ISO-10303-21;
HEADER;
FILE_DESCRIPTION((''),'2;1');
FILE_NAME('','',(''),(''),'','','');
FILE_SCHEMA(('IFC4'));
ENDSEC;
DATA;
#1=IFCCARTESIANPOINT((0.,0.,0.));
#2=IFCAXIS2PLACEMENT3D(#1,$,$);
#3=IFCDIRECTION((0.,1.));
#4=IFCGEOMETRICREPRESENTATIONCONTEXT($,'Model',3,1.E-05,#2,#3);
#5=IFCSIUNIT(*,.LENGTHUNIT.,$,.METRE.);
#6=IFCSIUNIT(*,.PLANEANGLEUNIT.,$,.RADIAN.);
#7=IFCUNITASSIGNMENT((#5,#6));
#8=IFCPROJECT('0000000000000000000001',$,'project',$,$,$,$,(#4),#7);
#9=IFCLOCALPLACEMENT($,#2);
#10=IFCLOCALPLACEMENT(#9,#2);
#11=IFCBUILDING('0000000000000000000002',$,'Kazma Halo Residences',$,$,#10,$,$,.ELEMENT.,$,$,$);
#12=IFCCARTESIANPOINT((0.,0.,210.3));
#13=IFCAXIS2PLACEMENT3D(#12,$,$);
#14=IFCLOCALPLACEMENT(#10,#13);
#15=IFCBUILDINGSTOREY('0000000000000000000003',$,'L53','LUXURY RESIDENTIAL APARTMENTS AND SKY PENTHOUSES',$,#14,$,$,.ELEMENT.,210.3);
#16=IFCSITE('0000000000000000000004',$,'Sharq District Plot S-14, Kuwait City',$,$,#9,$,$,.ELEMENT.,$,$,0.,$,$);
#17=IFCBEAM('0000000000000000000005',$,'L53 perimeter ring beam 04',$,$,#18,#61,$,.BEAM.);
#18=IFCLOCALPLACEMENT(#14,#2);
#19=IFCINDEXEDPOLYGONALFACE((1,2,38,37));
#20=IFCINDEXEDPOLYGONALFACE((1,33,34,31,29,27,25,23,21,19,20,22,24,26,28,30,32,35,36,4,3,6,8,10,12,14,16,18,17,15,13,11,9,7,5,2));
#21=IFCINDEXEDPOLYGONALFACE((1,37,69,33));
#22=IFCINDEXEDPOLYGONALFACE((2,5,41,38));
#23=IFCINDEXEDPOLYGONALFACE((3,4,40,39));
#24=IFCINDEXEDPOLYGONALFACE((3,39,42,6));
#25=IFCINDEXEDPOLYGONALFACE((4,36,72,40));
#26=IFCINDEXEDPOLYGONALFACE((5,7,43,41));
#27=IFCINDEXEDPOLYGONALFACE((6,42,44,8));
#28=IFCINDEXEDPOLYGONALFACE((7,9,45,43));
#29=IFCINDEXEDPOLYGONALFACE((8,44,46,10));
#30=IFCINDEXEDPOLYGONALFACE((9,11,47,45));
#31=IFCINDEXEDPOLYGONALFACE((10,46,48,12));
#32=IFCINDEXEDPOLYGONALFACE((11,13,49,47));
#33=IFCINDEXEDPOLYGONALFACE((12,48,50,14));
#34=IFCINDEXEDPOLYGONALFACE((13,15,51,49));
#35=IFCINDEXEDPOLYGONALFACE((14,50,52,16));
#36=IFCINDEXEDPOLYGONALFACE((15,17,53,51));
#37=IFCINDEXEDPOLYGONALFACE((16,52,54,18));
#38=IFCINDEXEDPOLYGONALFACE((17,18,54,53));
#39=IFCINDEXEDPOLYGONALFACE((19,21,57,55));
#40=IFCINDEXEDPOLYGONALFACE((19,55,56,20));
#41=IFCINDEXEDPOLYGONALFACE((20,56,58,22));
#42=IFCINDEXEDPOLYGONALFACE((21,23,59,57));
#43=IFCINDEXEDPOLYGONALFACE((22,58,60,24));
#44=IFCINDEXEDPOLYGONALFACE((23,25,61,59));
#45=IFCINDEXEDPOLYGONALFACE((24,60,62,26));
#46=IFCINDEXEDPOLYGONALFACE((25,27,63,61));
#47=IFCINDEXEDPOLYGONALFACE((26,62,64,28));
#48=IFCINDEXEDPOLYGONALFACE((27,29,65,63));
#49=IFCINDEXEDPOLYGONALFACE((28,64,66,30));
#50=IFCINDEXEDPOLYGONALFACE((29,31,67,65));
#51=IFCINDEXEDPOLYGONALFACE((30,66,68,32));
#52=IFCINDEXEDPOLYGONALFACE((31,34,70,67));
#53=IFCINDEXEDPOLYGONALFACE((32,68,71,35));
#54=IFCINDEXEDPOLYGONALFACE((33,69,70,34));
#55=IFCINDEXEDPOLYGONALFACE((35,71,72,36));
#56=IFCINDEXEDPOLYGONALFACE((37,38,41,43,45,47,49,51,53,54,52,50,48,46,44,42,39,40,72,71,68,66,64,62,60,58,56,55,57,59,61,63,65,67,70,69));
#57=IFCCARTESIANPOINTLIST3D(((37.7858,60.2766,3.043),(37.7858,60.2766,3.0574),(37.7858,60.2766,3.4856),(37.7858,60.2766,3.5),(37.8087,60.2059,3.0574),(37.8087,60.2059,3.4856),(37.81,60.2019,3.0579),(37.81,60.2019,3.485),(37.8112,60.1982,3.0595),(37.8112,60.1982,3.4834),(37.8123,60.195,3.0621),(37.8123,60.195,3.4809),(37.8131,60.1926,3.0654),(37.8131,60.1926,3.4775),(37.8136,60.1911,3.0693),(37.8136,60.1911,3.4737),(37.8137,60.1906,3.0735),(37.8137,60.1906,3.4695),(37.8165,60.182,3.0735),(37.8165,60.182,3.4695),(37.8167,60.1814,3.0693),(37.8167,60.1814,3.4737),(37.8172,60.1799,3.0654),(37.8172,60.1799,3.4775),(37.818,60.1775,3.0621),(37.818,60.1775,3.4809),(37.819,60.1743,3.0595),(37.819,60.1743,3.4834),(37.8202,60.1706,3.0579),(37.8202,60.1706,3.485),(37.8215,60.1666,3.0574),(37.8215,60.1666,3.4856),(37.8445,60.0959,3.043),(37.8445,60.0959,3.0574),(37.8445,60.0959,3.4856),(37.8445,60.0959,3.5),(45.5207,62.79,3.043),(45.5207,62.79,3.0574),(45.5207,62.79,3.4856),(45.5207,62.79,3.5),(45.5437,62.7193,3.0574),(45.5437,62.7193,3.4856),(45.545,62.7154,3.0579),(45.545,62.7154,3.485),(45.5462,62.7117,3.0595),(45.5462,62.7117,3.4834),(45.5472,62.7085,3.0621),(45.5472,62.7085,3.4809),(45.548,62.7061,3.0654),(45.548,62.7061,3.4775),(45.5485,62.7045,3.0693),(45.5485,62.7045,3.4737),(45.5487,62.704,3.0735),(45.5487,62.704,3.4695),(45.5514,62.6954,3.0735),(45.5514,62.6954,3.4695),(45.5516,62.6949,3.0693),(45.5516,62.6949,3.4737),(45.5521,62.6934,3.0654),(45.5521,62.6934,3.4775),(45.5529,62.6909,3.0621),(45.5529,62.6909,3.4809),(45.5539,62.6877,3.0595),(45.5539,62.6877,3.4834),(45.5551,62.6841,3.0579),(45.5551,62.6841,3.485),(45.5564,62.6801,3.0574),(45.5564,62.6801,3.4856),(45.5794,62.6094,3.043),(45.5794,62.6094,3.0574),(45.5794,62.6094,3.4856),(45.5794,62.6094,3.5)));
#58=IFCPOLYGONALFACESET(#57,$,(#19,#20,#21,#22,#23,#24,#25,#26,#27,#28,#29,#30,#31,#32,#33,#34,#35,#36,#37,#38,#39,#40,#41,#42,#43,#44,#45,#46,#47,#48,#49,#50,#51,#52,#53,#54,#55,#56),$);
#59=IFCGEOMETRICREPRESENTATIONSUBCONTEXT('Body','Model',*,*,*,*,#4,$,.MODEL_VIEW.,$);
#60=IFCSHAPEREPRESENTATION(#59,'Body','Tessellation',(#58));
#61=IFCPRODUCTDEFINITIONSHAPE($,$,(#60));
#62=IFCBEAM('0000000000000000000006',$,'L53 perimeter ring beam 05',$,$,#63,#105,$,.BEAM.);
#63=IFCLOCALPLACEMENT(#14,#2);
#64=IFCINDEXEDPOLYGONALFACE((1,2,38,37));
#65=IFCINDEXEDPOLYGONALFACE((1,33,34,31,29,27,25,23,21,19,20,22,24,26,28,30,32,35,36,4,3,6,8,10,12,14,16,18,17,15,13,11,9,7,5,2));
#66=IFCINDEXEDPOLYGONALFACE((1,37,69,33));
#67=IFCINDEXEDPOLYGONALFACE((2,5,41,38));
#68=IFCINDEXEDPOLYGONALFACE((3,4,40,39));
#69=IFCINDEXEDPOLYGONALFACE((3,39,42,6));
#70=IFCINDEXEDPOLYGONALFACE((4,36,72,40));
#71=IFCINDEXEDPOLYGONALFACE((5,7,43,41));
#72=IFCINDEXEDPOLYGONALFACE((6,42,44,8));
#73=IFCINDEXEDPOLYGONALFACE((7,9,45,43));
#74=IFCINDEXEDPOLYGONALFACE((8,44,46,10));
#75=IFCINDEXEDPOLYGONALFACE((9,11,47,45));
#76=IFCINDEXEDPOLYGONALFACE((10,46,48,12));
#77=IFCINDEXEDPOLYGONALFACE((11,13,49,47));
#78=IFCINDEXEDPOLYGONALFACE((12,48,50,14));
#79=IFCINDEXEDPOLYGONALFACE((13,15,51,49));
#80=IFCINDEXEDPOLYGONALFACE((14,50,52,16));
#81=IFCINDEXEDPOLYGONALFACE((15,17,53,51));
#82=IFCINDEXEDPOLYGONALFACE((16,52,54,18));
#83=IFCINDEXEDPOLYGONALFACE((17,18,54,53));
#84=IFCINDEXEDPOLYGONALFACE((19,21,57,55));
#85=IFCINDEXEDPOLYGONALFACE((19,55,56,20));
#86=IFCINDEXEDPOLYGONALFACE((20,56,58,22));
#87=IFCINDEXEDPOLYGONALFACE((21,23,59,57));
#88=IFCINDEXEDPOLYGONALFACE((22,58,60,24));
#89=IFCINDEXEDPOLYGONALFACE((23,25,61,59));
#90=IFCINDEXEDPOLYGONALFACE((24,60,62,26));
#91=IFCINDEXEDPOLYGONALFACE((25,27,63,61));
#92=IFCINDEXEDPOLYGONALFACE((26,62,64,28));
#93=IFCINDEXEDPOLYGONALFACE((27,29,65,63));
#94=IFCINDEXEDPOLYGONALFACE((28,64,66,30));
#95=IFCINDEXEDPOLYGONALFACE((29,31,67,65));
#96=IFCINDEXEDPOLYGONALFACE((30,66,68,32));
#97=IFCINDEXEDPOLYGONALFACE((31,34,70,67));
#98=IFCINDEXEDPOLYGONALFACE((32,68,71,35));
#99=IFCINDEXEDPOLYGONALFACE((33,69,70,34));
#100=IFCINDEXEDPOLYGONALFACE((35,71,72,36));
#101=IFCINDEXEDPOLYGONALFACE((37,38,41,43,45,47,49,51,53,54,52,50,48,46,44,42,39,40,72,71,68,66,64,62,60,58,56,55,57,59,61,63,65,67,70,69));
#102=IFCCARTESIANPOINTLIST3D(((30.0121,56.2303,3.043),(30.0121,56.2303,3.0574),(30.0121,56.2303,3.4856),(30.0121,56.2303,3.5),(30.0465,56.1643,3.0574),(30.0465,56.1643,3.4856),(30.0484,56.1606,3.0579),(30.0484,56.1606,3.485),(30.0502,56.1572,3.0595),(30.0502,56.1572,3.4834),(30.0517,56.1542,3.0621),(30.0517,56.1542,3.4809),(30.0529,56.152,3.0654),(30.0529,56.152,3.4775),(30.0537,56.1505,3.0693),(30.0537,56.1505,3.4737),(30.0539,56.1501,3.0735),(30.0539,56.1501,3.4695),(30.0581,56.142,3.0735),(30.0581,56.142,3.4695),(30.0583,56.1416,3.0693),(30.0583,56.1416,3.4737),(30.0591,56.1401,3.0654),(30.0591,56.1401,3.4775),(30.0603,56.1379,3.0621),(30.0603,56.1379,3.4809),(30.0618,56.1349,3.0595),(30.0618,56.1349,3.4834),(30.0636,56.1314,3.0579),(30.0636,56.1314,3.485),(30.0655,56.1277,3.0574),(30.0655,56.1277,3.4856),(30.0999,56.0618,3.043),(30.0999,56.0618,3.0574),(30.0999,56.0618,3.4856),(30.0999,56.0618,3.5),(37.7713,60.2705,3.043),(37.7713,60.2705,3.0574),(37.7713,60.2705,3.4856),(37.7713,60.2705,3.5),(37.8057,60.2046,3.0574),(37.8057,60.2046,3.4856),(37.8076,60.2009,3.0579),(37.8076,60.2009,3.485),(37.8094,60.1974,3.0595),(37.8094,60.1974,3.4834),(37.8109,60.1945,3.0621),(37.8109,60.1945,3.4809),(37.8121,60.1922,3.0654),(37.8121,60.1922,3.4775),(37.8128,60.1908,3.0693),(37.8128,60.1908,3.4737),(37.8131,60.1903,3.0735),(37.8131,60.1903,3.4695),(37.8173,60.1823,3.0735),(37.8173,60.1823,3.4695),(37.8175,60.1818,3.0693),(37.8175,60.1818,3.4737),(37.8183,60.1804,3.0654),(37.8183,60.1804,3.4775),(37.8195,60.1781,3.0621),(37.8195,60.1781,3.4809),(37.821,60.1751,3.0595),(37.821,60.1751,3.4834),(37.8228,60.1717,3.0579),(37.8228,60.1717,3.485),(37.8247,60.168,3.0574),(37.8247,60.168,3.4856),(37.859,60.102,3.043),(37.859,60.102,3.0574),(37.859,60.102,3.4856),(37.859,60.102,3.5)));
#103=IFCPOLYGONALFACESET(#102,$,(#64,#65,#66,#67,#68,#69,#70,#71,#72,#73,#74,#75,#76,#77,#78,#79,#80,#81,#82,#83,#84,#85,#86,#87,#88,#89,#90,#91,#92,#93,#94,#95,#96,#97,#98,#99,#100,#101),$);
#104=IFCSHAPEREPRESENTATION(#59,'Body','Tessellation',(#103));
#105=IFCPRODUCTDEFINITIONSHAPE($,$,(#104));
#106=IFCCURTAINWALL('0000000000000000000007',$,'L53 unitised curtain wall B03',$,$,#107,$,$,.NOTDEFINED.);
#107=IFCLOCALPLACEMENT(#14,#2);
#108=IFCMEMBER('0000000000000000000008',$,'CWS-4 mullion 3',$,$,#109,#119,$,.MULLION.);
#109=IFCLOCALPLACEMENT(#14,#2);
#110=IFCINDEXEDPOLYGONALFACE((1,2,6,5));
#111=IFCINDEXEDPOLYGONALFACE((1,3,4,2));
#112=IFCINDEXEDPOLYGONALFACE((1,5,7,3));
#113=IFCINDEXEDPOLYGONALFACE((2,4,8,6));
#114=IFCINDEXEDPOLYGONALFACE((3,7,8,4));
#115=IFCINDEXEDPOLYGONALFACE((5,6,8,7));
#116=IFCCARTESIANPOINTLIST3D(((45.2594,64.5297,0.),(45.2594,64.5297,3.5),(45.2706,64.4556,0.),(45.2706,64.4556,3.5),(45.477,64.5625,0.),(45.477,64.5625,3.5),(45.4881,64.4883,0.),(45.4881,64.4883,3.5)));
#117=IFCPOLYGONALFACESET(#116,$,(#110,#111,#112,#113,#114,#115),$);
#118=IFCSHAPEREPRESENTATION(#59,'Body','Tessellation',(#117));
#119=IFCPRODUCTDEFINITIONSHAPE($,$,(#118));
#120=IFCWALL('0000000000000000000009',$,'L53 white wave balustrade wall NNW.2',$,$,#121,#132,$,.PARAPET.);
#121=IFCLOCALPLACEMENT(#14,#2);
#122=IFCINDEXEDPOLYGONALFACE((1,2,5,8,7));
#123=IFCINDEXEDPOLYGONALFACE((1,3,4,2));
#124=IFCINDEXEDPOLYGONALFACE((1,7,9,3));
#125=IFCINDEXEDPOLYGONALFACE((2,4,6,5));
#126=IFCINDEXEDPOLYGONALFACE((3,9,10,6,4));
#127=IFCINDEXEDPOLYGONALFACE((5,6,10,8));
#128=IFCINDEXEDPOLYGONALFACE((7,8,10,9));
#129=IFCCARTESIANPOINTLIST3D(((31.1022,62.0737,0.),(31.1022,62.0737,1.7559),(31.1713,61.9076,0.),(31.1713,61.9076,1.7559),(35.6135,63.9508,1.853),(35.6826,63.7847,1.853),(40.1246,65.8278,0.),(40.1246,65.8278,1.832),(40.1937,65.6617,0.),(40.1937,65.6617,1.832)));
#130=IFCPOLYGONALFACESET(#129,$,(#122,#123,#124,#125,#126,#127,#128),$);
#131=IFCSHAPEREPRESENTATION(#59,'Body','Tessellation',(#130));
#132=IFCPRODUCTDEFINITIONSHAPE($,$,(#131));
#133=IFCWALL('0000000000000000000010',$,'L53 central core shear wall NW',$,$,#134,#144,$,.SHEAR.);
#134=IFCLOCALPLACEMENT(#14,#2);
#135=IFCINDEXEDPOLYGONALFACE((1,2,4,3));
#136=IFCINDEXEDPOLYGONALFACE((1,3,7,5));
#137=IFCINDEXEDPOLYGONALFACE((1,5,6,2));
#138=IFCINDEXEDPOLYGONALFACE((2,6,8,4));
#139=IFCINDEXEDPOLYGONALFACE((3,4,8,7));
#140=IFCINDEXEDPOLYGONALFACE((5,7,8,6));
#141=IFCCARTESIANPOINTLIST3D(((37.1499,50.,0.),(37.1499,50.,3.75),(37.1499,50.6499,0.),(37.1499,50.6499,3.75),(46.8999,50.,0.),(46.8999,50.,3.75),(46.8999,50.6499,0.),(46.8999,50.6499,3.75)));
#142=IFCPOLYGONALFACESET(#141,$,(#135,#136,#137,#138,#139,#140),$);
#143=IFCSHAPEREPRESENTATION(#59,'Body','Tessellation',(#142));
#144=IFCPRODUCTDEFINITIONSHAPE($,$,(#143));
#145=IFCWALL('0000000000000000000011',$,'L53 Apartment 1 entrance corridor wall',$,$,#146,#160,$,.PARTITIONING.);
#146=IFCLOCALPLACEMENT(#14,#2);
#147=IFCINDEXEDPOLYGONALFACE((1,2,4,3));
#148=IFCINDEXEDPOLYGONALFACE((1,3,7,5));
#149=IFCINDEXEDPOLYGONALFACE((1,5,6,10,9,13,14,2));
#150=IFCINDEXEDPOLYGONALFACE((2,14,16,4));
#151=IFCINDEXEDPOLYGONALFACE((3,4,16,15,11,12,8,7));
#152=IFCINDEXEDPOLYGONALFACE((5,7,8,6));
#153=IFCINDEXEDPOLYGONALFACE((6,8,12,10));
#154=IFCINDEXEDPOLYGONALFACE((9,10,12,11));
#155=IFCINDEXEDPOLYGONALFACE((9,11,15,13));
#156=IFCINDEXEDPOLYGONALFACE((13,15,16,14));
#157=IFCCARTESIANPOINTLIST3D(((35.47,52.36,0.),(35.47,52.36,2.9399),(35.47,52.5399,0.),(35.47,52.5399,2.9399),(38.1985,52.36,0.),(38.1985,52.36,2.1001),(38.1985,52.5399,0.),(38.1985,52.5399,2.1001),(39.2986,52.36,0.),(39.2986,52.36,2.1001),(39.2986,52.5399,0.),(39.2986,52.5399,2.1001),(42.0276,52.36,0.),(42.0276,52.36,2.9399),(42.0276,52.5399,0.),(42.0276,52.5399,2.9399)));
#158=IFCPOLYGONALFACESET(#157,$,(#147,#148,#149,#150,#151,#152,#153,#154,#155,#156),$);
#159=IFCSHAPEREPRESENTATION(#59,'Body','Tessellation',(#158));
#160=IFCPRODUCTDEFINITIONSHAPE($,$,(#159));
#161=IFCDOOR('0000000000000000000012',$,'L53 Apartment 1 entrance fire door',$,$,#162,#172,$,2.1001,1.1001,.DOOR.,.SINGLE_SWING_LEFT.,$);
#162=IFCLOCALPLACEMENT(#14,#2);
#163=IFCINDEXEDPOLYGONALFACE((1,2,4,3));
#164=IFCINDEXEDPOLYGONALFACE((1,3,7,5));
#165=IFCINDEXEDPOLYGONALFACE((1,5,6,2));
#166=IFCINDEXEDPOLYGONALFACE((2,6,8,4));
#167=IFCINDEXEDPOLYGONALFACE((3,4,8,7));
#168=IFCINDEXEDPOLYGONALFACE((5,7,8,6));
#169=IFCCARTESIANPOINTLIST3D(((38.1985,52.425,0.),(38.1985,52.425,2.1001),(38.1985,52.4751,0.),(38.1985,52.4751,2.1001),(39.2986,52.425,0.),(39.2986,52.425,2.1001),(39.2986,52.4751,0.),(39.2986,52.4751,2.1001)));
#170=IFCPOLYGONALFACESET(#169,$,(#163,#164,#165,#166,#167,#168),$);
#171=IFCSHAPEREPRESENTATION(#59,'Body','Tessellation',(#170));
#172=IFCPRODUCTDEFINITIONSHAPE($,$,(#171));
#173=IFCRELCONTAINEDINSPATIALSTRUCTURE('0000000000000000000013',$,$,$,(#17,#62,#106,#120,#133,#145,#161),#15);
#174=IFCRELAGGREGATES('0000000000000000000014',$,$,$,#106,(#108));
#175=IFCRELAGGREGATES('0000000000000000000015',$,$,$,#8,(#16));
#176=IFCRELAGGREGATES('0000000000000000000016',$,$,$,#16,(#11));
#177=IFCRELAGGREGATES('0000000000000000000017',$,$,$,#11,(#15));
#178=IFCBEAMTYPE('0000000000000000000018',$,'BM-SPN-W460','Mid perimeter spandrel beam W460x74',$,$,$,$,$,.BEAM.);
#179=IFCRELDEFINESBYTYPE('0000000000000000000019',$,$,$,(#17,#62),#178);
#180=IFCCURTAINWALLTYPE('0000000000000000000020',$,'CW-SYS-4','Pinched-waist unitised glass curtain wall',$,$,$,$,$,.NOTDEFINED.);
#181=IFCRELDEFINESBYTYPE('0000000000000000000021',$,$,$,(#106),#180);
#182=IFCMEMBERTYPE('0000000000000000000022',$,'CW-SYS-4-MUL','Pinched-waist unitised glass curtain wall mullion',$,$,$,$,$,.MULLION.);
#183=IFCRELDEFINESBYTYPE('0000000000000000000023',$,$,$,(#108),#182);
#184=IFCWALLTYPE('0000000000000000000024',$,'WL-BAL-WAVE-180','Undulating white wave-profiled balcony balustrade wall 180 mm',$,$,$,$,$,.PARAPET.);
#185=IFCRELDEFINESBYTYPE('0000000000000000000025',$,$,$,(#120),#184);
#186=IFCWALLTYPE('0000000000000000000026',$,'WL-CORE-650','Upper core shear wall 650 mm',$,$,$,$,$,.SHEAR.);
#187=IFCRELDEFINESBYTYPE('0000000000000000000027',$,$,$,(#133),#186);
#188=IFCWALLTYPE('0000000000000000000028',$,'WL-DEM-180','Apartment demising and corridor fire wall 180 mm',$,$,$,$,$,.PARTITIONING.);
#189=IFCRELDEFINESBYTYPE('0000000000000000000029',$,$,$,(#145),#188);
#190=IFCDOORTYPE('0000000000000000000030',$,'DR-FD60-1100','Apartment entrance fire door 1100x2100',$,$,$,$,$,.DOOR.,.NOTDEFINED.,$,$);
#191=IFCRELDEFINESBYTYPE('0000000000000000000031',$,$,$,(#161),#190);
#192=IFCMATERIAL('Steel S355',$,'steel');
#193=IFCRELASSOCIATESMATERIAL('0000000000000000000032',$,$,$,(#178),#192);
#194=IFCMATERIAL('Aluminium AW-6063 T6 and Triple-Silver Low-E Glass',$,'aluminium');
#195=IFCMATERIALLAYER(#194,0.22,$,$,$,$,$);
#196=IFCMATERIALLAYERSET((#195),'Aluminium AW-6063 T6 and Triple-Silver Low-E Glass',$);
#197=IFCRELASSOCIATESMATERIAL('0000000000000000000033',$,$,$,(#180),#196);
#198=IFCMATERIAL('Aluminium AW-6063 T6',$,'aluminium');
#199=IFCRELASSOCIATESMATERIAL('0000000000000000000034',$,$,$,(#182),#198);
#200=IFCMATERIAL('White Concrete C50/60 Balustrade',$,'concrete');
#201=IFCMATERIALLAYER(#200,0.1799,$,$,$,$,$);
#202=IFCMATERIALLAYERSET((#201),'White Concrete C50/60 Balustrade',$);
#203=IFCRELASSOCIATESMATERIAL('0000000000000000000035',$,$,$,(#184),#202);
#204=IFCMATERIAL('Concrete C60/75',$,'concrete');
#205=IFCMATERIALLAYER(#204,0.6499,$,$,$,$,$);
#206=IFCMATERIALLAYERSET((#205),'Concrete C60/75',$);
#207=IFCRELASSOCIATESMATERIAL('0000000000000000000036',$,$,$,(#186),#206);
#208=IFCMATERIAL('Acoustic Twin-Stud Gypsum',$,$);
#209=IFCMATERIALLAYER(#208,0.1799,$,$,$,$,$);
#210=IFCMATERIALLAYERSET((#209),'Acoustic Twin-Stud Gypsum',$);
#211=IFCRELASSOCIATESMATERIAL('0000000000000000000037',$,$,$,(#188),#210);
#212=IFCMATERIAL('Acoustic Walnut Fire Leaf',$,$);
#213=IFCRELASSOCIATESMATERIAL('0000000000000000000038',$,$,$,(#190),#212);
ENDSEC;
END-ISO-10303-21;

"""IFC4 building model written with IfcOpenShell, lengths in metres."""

from ifc_helpers import new_model, si_unit, direction, frame, frame_2d, origin, origin_2d, place, context, subcontext, project, spatial, polyline, rectangle, i_section, outline, extrude, material, layer, layer_set, material_profile, profile_set, type_object, element, fill, aggregate, save


model = new_model("IFC4")

# Units and contexts
model_context = context("Model", 3, precision=1e-05, world=origin(), true_north=direction((0.0, 1.0)))
body_context = subcontext(model_context, "Body", "Model", "MODEL_VIEW")
ifc_project = project(units=[si_unit("LENGTHUNIT", "METRE"), si_unit("PLANEANGLEUNIT", "RADIAN")], contexts=[model_context])

# Site, building, storey
site_placement = place(None, origin())
site = spatial("IfcSite", under=ifc_project, at=site_placement, Name="Sharq District Plot S-14, Kuwait City", CompositionType="ELEMENT", RefElevation=0.0)
building_placement = place(site_placement, origin())
building = spatial("IfcBuilding", under=site, at=building_placement, Name="Kazma Halo Residences", CompositionType="ELEMENT")
storey_placement = place(building_placement, frame((0.0, 0.0, 210.3)))
storey = spatial("IfcBuildingStorey", under=building, at=storey_placement, Name="L53", Description="LUXURY RESIDENTIAL APARTMENTS AND SKY PENTHOUSES", CompositionType="ELEMENT", Elevation=210.3)

# Beams
ifc_material_1 = material(Name="Steel S355", Category="steel")
ifc_material_profile_1 = material_profile(ifc_material_1, i_section(OverallWidth=0.1899, OverallDepth=0.457, WebThickness=0.009, FlangeThickness=0.0144, FilletRadius=0.0161, at=origin_2d()), Name="W460x74")
ifc_profile_set_1 = profile_set([ifc_material_profile_1], Name="Steel S355")
beam_type_1 = type_object("IfcBeamType", Name="BM-SPN-W460", Description="Mid perimeter spandrel beam W460x74", PredefinedType="BEAM", material=ifc_profile_set_1)
beam_1_placement = place(storey_placement, frame((45.55, 62.6997, 3.2715), z_axis=(-0.951049, -0.309041, 0.0), x_axis=(0.309041, -0.951049, 0.0)))
element("IfcBeam", 1, at=beam_1_placement, inside=storey, type_object=beam_type_1, Name="L53 perimeter ring beam 04", PredefinedType="BEAM", context=body_context, shape_type="SweptSolid", body=[
    extrude(i_section(OverallWidth=0.1899, OverallDepth=0.457, WebThickness=0.009, FlangeThickness=0.0144, FilletRadius=0.0161, at=origin_2d()), origin(), (0.0, 0.0, 1.0), 8.1331),
])
beam_2_placement = place(storey_placement, frame((37.8152, 60.1863, 3.2715), z_axis=(-0.886961, -0.461844, 0.0), x_axis=(0.461844, -0.886961, 0.0)))
element("IfcBeam", 2, at=beam_2_placement, inside=storey, type_object=beam_type_1, Name="L53 perimeter ring beam 05", PredefinedType="BEAM", context=body_context, shape_type="SweptSolid", body=[
    extrude(i_section(OverallWidth=0.1899, OverallDepth=0.457, WebThickness=0.009, FlangeThickness=0.0144, FilletRadius=0.0161, at=origin_2d()), origin(), (0.0, 0.0, 1.0), 8.748),
])

# Curtain wall, member
ifc_material_2 = material(Name="Aluminium AW-6063 T6 and Triple-Silver Low-E Glass", Category="aluminium")
ifc_layer_1 = layer(ifc_material_2, 0.22)
ifc_layer_set_1 = layer_set([ifc_layer_1], Name="Aluminium AW-6063 T6 and Triple-Silver Low-E Glass")
curtain_wall_type = type_object("IfcCurtainWallType", Name="CW-SYS-4", Description="Pinched-waist unitised glass curtain wall", PredefinedType="NOTDEFINED", material=ifc_layer_set_1)
curtain_wall_placement = place(storey_placement, origin())
curtain_wall = element("IfcCurtainWall", 3, at=curtain_wall_placement, inside=storey, type_object=curtain_wall_type, Name="L53 unitised curtain wall B03", PredefinedType="NOTDEFINED")
ifc_material_3 = material(Name="Aluminium AW-6063 T6", Category="aluminium")
ifc_material_profile_2 = material_profile(ifc_material_3, rectangle(XDim=0.075, YDim=0.22, at=origin_2d()), Name="CWM-75x220")
ifc_profile_set_2 = profile_set([ifc_material_profile_2], Name="Aluminium AW-6063 T6")
member_type = type_object("IfcMemberType", Name="CW-SYS-4-MUL", Description="Pinched-waist unitised glass curtain wall mullion", PredefinedType="MULLION", material=ifc_profile_set_2)
member_placement = place(storey_placement, frame((45.3738, 64.509, 0.0), z_axis=(0.0, 0.0, 1.0), x_axis=(0.148773, -0.988871, 0.0)))
member = element("IfcMember", 4, at=member_placement, type_object=member_type, Name="CWS-4 mullion 3", PredefinedType="MULLION", context=body_context, shape_type="SweptSolid", body=[
    extrude(rectangle(XDim=0.075, YDim=0.22, at=origin_2d()), origin(), (0.0, 0.0, 1.0), 3.5),
])
aggregate(curtain_wall, [member])

# Walls
ifc_material_4 = material(Name="White Concrete C50/60 Balustrade", Category="concrete")
ifc_layer_2 = layer(ifc_material_4, 0.1799)
ifc_layer_set_2 = layer_set([ifc_layer_2], Name="White Concrete C50/60 Balustrade")
wall_type_1 = type_object("IfcWallType", Name="WL-BAL-WAVE-180", Description="Undulating white wave-profiled balcony balustrade wall 180 mm", PredefinedType="PARAPET", material=ifc_layer_set_2)
wall_1_placement = place(storey_placement, frame((40.1592, 65.7446, 0.0), z_axis=(0.0, 0.0, 1.0), x_axis=(-0.923266, -0.384161, 0.0)))
element("IfcWall", 5, at=wall_1_placement, inside=storey, type_object=wall_type_1, Name="L53 white wave balustrade wall NNW.2", PredefinedType="PARAPET", context=body_context, shape_type="SweptSolid", body=[
    extrude(outline(polyline([(0.0, 0.0), (9.7722, 0.0), (9.7722, 1.7559), (4.886, 1.853), (0.0, 1.832), (0.0, 0.0)])), frame((0.0, 0.0898, 0.0), z_axis=(0.0, -1.0, 0.0), x_axis=(1.0, 0.0, 0.0)), (0.0, 0.0, 1.0), 0.1799),
])
ifc_material_5 = material(Name="Concrete C60/75", Category="concrete")
ifc_layer_3 = layer(ifc_material_5, 0.6499)
ifc_layer_set_3 = layer_set([ifc_layer_3], Name="Concrete C60/75")
wall_type_2 = type_object("IfcWallType", Name="WL-CORE-650", Description="Upper core shear wall 650 mm", PredefinedType="SHEAR", material=ifc_layer_set_3)
wall_2_placement = place(storey_placement, frame((37.1499, 50.325, 0.0), z_axis=(0.0, 0.0, 1.0), x_axis=(1.0, 0.0, 0.0)))
element("IfcWall", 6, at=wall_2_placement, inside=storey, type_object=wall_type_2, Name="L53 central core shear wall NW", PredefinedType="SHEAR", context=body_context, shape_type="SweptSolid", body=[
    extrude(rectangle(XDim=9.75, YDim=0.6499, at=frame_2d((4.875, 0.0))), origin(), (0.0, 0.0, 1.0), 3.75),
])

# Wall, opening, door
ifc_material_6 = material(Name="Acoustic Twin-Stud Gypsum")
ifc_layer_4 = layer(ifc_material_6, 0.1799)
ifc_layer_set_4 = layer_set([ifc_layer_4], Name="Acoustic Twin-Stud Gypsum")
wall_type_3 = type_object("IfcWallType", Name="WL-DEM-180", Description="Apartment demising and corridor fire wall 180 mm", PredefinedType="PARTITIONING", material=ifc_layer_set_4)
wall_3_placement = place(storey_placement, frame((42.0276, 52.45, 0.0), z_axis=(0.0, 0.0, 1.0), x_axis=(-1.0, 0.0, 0.0)))
wall_3 = element("IfcWall", 7, at=wall_3_placement, inside=storey, type_object=wall_type_3, Name="L53 Apartment 1 entrance corridor wall", PredefinedType="PARTITIONING", context=body_context, shape_type="SweptSolid", body=[
    extrude(rectangle(XDim=6.5576, YDim=0.1799, at=frame_2d((3.2788, 0.0))), origin(), (0.0, 0.0, 1.0), 2.9399),
])
opening_1_placement = place(wall_3_placement, frame((2.729, 0.0, 0.0)))
opening_1 = element("IfcOpeningElement", 8, at=opening_1_placement, cuts=wall_3, PredefinedType="OPENING", context=body_context, shape_type="SweptSolid", body=[
    extrude(rectangle(XDim=1.1001, YDim=2.1001, at=frame_2d((0.55, 1.05))), frame((0.0, 0.0999, 0.0), z_axis=(0.0, -1.0, 0.0), x_axis=(1.0, 0.0, 0.0)), (0.0, 0.0, 1.0), 0.2),
])
ifc_material_7 = material(Name="Acoustic Walnut Fire Leaf")
door_type_1 = type_object("IfcDoorType", Name="DR-FD60-1100", Description="Apartment entrance fire door 1100x2100", OperationType="NOTDEFINED", PredefinedType="DOOR", material=ifc_material_7)
door_1_placement = place(opening_1_placement, origin())
door_1 = element("IfcDoor", 9, at=door_1_placement, inside=storey, type_object=door_type_1, Name="L53 Apartment 1 entrance fire door", OperationType="SINGLE_SWING_LEFT", OverallHeight=2.1001, OverallWidth=1.1001, PredefinedType="DOOR", context=body_context, shape_type="SweptSolid", body=[
    extrude(rectangle(XDim=1.1001, YDim=2.1001, at=frame_2d((0.55, 1.05))), frame((0.0, 0.0249, 0.0), z_axis=(0.0, -1.0, 0.0), x_axis=(1.0, 0.0, 0.0)), (0.0, 0.0, 1.0), 0.05),
])
fill(opening_1, door_1)

save(model, "model.ifc")
